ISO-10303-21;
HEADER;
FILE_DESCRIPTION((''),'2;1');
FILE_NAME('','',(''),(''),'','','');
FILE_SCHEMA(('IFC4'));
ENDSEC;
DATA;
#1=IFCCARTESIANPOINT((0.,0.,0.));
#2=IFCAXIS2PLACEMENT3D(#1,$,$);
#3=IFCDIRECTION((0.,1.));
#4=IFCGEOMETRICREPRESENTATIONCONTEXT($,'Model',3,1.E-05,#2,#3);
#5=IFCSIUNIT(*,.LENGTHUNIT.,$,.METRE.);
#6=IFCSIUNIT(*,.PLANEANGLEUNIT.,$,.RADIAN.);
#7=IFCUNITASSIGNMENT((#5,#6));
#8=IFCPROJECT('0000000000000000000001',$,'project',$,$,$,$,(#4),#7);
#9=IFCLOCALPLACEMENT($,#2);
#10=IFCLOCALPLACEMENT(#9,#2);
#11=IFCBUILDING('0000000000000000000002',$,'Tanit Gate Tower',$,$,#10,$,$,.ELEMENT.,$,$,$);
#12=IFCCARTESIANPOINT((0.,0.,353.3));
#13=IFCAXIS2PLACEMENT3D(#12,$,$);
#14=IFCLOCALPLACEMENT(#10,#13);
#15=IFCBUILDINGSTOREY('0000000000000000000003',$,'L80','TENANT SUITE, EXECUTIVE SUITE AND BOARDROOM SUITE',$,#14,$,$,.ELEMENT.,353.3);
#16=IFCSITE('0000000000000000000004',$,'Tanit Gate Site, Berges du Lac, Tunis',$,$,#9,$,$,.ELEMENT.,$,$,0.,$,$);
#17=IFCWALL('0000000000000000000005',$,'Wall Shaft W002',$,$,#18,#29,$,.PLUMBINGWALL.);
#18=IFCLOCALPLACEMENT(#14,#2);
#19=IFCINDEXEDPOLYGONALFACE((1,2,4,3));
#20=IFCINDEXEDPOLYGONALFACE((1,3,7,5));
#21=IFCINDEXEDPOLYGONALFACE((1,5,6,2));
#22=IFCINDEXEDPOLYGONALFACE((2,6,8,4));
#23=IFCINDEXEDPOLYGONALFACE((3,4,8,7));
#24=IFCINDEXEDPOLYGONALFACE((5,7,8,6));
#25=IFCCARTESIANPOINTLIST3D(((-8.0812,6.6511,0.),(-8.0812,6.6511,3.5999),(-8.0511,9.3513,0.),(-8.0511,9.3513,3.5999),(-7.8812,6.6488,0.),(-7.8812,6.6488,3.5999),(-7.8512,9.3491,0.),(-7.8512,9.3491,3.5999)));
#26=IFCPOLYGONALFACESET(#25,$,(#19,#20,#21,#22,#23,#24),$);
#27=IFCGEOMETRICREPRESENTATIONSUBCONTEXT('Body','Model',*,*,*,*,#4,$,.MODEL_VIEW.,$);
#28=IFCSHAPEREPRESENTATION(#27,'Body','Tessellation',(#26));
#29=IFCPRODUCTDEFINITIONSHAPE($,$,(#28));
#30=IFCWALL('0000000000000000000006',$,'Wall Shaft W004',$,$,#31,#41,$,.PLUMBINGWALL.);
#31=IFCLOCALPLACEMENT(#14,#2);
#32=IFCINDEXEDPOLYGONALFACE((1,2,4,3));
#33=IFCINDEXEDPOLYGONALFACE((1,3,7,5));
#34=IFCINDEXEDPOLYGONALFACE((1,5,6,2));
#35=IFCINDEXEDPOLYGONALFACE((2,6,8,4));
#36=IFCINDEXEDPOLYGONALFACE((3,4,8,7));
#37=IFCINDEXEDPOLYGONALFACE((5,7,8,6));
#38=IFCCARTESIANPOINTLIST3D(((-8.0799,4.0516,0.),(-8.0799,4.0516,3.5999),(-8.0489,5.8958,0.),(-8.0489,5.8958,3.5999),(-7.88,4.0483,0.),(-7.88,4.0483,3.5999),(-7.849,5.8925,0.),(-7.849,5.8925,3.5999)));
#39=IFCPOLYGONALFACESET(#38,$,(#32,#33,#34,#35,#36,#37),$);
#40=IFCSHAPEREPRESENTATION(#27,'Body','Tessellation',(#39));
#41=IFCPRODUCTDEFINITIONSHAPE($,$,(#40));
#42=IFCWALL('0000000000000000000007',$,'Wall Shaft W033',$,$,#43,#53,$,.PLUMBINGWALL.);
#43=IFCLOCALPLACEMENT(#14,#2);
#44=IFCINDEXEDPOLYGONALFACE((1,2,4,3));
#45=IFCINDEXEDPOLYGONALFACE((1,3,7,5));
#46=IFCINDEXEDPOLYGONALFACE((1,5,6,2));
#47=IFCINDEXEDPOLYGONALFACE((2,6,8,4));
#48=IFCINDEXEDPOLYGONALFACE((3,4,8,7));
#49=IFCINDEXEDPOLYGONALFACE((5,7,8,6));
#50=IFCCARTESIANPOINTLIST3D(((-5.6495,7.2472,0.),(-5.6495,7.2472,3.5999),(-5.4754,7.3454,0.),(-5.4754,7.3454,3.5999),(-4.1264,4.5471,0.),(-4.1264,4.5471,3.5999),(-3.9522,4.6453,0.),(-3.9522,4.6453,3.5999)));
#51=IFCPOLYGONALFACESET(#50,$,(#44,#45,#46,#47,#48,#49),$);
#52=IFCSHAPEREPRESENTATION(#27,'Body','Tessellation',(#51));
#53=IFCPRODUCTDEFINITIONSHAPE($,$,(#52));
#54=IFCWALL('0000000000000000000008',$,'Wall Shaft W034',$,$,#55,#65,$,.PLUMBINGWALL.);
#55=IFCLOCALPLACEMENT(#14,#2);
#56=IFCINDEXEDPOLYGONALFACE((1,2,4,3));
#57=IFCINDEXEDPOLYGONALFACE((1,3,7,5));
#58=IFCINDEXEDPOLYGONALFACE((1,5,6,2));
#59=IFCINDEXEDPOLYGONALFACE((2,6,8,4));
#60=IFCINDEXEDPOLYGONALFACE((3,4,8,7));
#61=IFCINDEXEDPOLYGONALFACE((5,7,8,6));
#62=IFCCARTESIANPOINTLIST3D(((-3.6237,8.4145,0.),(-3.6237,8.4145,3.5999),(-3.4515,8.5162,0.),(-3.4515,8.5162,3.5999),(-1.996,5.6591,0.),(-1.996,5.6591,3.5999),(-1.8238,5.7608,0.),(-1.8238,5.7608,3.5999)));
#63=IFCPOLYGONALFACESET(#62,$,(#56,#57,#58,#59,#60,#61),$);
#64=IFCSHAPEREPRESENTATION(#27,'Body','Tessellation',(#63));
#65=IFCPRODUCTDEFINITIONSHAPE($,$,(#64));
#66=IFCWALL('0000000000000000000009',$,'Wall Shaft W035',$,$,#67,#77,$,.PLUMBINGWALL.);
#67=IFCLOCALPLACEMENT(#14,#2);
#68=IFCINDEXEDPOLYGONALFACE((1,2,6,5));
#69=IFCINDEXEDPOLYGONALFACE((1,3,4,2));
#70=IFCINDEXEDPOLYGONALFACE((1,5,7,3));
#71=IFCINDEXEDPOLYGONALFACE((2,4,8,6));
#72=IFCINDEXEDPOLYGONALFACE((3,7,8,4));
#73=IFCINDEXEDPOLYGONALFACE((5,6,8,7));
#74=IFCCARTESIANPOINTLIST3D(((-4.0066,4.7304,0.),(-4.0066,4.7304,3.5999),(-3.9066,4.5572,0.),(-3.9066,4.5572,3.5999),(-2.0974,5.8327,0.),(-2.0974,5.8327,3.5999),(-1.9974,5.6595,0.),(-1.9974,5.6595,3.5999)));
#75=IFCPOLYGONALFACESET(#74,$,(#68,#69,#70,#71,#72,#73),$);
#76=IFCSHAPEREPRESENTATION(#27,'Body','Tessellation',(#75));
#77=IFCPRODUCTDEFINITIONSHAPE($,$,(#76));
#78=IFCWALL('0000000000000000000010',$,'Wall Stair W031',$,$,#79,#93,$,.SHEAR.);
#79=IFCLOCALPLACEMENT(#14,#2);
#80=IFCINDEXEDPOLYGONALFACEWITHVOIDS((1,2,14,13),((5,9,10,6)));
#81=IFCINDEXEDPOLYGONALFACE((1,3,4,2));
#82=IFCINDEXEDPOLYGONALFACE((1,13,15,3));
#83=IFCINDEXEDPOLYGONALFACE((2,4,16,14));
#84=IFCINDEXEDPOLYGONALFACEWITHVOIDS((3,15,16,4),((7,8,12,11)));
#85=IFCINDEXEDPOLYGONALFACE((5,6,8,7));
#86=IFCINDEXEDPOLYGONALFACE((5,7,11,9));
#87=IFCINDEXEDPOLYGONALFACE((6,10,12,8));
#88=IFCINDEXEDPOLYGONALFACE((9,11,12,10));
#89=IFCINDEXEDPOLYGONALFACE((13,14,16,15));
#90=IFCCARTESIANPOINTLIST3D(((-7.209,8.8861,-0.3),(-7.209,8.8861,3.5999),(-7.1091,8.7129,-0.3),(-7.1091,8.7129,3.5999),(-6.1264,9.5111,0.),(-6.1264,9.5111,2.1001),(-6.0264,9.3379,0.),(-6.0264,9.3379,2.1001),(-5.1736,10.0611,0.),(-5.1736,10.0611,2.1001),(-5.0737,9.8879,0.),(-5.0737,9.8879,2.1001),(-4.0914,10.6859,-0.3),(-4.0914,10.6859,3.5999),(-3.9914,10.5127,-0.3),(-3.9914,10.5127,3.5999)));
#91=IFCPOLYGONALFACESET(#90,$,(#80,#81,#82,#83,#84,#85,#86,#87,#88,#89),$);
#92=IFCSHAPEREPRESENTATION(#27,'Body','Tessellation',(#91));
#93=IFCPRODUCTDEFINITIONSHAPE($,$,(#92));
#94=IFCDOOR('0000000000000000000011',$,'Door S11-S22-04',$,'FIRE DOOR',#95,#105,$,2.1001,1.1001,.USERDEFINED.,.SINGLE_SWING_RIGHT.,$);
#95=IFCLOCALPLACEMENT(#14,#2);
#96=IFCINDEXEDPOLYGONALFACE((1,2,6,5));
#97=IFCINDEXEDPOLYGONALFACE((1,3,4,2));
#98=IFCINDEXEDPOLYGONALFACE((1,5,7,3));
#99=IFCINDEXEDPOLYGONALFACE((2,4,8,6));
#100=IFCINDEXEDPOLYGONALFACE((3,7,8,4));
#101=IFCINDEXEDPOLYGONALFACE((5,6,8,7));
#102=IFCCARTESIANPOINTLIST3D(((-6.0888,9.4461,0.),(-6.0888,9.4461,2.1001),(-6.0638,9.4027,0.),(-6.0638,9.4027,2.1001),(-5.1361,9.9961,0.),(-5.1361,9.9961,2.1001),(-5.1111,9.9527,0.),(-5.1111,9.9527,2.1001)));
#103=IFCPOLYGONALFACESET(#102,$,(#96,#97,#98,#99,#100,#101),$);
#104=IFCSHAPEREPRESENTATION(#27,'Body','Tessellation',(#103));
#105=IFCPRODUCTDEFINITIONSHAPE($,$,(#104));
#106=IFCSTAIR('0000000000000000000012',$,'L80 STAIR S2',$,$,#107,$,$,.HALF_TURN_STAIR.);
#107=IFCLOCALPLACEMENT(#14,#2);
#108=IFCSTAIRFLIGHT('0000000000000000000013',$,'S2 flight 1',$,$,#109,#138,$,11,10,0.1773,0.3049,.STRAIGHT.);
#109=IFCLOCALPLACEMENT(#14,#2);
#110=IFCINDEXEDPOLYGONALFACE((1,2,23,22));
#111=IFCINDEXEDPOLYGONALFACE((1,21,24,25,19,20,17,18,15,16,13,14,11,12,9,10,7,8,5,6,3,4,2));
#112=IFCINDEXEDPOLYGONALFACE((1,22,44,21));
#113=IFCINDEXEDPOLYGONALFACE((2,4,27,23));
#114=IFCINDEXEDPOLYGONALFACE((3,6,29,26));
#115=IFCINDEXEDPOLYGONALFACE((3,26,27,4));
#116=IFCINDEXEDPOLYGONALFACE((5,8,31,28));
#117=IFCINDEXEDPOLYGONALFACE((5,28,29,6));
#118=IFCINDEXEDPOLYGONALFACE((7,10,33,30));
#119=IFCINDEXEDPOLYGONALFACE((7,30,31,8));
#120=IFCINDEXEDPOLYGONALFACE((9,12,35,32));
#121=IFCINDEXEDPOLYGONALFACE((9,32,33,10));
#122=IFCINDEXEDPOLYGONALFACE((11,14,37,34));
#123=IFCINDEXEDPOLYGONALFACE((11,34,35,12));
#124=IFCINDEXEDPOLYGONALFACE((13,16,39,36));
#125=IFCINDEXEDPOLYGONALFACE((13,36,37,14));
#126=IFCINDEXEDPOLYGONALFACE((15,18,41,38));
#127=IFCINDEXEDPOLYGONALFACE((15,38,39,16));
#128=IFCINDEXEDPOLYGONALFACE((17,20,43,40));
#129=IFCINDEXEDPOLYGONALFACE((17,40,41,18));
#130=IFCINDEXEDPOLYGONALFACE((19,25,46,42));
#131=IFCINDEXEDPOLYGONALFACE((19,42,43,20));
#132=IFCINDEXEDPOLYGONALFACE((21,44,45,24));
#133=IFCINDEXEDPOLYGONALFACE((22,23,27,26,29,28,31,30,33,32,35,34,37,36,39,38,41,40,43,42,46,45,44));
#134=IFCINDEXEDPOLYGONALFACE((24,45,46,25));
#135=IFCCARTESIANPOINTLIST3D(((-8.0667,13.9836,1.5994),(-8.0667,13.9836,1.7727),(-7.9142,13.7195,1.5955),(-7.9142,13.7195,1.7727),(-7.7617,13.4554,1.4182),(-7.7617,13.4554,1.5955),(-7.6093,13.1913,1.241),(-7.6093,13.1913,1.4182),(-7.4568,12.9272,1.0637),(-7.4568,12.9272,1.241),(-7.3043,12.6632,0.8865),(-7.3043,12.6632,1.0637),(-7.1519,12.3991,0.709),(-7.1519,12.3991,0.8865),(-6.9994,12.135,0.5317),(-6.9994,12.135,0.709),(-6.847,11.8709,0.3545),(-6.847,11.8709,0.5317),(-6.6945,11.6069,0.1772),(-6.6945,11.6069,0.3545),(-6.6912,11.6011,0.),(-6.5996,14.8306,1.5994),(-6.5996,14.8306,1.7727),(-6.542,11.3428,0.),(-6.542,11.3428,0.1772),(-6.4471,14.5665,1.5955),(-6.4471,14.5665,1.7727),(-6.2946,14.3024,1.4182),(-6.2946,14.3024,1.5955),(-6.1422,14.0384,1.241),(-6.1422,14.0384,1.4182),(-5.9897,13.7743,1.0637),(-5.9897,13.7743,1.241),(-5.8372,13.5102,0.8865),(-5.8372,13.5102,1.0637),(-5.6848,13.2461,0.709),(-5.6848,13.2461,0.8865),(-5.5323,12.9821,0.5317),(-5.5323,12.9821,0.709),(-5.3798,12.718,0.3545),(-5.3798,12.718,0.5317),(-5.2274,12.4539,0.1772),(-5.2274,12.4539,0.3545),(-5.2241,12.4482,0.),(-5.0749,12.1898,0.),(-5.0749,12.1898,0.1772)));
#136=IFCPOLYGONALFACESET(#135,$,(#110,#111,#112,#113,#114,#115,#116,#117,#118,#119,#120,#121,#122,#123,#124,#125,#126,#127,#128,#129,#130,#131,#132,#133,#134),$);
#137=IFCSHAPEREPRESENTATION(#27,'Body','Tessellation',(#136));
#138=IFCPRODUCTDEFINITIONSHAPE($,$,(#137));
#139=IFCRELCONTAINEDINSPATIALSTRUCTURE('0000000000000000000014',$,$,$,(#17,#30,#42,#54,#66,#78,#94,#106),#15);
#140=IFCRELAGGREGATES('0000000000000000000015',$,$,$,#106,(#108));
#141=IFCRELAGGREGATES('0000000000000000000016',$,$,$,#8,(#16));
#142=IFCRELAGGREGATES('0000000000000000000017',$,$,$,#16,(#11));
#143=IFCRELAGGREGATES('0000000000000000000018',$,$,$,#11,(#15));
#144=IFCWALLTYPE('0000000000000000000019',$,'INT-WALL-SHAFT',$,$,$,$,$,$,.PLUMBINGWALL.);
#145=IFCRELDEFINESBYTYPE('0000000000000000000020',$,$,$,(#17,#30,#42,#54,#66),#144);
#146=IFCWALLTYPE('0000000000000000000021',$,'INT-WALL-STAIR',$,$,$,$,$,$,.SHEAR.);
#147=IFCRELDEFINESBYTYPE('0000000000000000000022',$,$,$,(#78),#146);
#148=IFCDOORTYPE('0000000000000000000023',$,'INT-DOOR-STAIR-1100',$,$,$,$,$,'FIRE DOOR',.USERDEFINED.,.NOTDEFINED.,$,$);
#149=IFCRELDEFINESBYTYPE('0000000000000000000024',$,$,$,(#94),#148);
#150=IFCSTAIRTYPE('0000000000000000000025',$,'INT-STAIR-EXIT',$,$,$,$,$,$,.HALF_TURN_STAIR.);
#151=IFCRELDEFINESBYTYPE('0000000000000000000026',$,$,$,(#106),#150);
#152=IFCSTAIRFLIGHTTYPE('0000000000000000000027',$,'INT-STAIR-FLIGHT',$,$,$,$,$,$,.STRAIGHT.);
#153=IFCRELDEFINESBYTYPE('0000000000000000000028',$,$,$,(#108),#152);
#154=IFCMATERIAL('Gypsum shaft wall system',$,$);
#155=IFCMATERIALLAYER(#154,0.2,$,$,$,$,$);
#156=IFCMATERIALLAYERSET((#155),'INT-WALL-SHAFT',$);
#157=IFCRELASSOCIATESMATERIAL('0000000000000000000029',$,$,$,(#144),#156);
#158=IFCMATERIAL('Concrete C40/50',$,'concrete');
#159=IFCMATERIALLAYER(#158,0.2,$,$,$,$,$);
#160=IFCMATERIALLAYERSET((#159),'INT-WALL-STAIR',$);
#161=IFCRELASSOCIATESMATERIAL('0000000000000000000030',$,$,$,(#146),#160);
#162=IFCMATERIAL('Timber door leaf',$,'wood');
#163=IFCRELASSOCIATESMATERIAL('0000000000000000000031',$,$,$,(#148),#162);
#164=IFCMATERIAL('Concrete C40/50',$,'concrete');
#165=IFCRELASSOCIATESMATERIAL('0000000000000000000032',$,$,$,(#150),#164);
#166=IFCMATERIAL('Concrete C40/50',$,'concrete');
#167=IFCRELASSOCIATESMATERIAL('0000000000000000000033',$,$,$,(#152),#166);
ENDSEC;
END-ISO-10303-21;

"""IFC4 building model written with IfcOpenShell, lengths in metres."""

from ifc_helpers import new_model, si_unit, direction, frame, frame_2d, origin, place, context, subcontext, project, spatial, polyline, rectangle, outline, extrude, material, layer, layer_set, type_object, element, fill, aggregate, save


model = new_model("IFC4")

# Units and contexts
model_context = context("Model", 3, precision=1e-05, world=origin(), true_north=direction((0.0, 1.0)))
body_context = subcontext(model_context, "Body", "Model", "MODEL_VIEW")
ifc_project = project(units=[si_unit("LENGTHUNIT", "METRE"), si_unit("PLANEANGLEUNIT", "RADIAN")], contexts=[model_context])

# Site, building, storey
site_placement = place(None, origin())
site = spatial("IfcSite", under=ifc_project, at=site_placement, Name="Tanit Gate Site, Berges du Lac, Tunis", CompositionType="ELEMENT", RefElevation=0.0)
building_placement = place(site_placement, origin())
building = spatial("IfcBuilding", under=site, at=building_placement, Name="Tanit Gate Tower", CompositionType="ELEMENT")
storey_placement = place(building_placement, frame((0.0, 0.0, 353.3)))
storey = spatial("IfcBuildingStorey", under=building, at=storey_placement, Name="L80", Description="TENANT SUITE, EXECUTIVE SUITE AND BOARDROOM SUITE", CompositionType="ELEMENT", Elevation=353.3)

# Walls
ifc_material_1 = material(Name="Gypsum shaft wall system")
ifc_layer_1 = layer(ifc_material_1, 0.2)
ifc_layer_set_1 = layer_set([ifc_layer_1], Name="INT-WALL-SHAFT")
wall_type_1 = type_object("IfcWallType", Name="INT-WALL-SHAFT", PredefinedType="PLUMBINGWALL", material=ifc_layer_set_1)
wall_1_placement = place(storey_placement, frame((-7.9512, 9.3501, 0.0), z_axis=(0.0, 0.0, 1.0), x_axis=(-0.01112, -0.999938, 0.0)))
element("IfcWall", 1, at=wall_1_placement, inside=storey, type_object=wall_type_1, Name="Wall Shaft W002", PredefinedType="PLUMBINGWALL", context=body_context, shape_type="SweptSolid", body=[
    extrude(rectangle(XDim=2.7004, YDim=0.2, at=frame_2d((1.3501, 0.0))), origin(), (0.0, 0.0, 1.0), 3.5999),
])
wall_2_placement = place(storey_placement, frame((-7.949, 5.8943, 0.0), z_axis=(0.0, 0.0, 1.0), x_axis=(-0.01681, -0.999859, 0.0)))
element("IfcWall", 2, at=wall_2_placement, inside=storey, type_object=wall_type_1, Name="Wall Shaft W004", PredefinedType="PLUMBINGWALL", context=body_context, shape_type="SweptSolid", body=[
    extrude(rectangle(XDim=1.8445, YDim=0.2, at=frame_2d((0.9224, 0.0))), origin(), (0.0, 0.0, 1.0), 3.5999),
])

# Walls
wall_3_placement = place(storey_placement, frame((-4.0393, 4.5962, 0.0), z_axis=(0.0, 0.0, 1.0), x_axis=(-0.491323, 0.870978, 0.0)))
element("IfcWall", 3, at=wall_3_placement, inside=storey, type_object=wall_type_1, Name="Wall Shaft W033", PredefinedType="PLUMBINGWALL", context=body_context, shape_type="SweptSolid", body=[
    extrude(rectangle(XDim=3.1001, YDim=0.2, at=frame_2d((1.55, 0.0))), origin(), (0.0, 0.0, 1.0), 3.5999),
])
wall_4_placement = place(storey_placement, frame((-3.5376, 8.4653, 0.0), z_axis=(0.0, 0.0, 1.0), x_axis=(0.508616, -0.860993, 0.0)))
element("IfcWall", 4, at=wall_4_placement, inside=storey, type_object=wall_type_1, Name="Wall Shaft W034", PredefinedType="PLUMBINGWALL", context=body_context, shape_type="SweptSolid", body=[
    extrude(rectangle(XDim=3.2002, YDim=0.2, at=frame_2d((1.6001, 0.0))), origin(), (0.0, 0.0, 1.0), 3.5999),
])
wall_5_placement = place(storey_placement, frame((-2.0474, 5.7461, 0.0), z_axis=(0.0, 0.0, 1.0), x_axis=(-0.86602, -0.50001, 0.0)))
element("IfcWall", 5, at=wall_5_placement, inside=storey, type_object=wall_type_1, Name="Wall Shaft W035", PredefinedType="PLUMBINGWALL", context=body_context, shape_type="SweptSolid", body=[
    extrude(rectangle(XDim=2.2046, YDim=0.2, at=frame_2d((1.1023, 0.0))), origin(), (0.0, 0.0, 1.0), 3.5999),
])

# Wall, opening, door
ifc_material_2 = material(Name="Concrete C40/50", Category="concrete")
ifc_layer_2 = layer(ifc_material_2, 0.2)
ifc_layer_set_2 = layer_set([ifc_layer_2], Name="INT-WALL-STAIR")
wall_type_2 = type_object("IfcWallType", Name="INT-WALL-STAIR", PredefinedType="SHEAR", material=ifc_layer_set_2)
wall_6_placement = place(storey_placement, frame((-7.1589, 8.7996, -0.3), z_axis=(0.0, 0.0, 1.0), x_axis=(0.866048, 0.499961, 0.0)))
wall_6 = element("IfcWall", 6, at=wall_6_placement, inside=storey, type_object=wall_type_2, Name="Wall Stair W031", PredefinedType="SHEAR", context=body_context, shape_type="SweptSolid", body=[
    extrude(rectangle(XDim=3.5999, YDim=0.2, at=frame_2d((1.7998, 0.0))), origin(), (0.0, 0.0, 1.0), 3.8999),
])
opening_1_placement = place(wall_6_placement, frame((1.25, 0.0, 0.3)))
opening_1 = element("IfcOpeningElement", 7, at=opening_1_placement, cuts=wall_6, PredefinedType="OPENING", context=body_context, shape_type="SweptSolid", body=[
    extrude(rectangle(XDim=1.1001, YDim=2.1001, at=frame_2d((0.55, 1.05))), frame((0.0, 0.1099, 0.0), z_axis=(0.0, -1.0, 0.0), x_axis=(1.0, 0.0, 0.0)), (0.0, 0.0, 1.0), 0.22),
])
ifc_material_3 = material(Name="Timber door leaf", Category="wood")
door_type_1 = type_object("IfcDoorType", Name="INT-DOOR-STAIR-1100", ElementType="FIRE DOOR", OperationType="NOTDEFINED", PredefinedType="USERDEFINED", material=ifc_material_3)
door_1_placement = place(opening_1_placement, origin())
door_1 = element("IfcDoor", 8, at=door_1_placement, inside=storey, type_object=door_type_1, Name="Door S11-S22-04", ObjectType="FIRE DOOR", OperationType="SINGLE_SWING_RIGHT", OverallHeight=2.1001, OverallWidth=1.1001, PredefinedType="USERDEFINED", context=body_context, shape_type="SweptSolid", body=[
    extrude(rectangle(XDim=1.1001, YDim=2.1001, at=frame_2d((0.55, 1.05))), frame((0.0, 0.0249, 0.0), z_axis=(0.0, -1.0, 0.0), x_axis=(1.0, 0.0, 0.0)), (0.0, 0.0, 1.0), 0.05),
])
fill(opening_1, door_1)

# Stair, stair flight
ifc_material_4 = material(Name="Concrete C40/50", Category="concrete")
stair_type = type_object("IfcStairType", Name="INT-STAIR-EXIT", PredefinedType="HALF_TURN_STAIR", material=ifc_material_4)
stair_placement = place(storey_placement, origin())
stair = element("IfcStair", 9, at=stair_placement, inside=storey, type_object=stair_type, Name="L80 STAIR S2", PredefinedType="HALF_TURN_STAIR")
ifc_material_5 = material(Name="Concrete C40/50", Category="concrete")
stair_flight_type = type_object("IfcStairFlightType", Name="INT-STAIR-FLIGHT", PredefinedType="STRAIGHT", material=ifc_material_5)
stair_flight_placement = place(storey_placement, frame((-5.8083, 11.7664, 0.0), z_axis=(0.0, 0.0, 1.0), x_axis=(-0.5, 0.866025, 0.0)))
stair_flight = element("IfcStairFlight", 10, at=stair_flight_placement, type_object=stair_flight_type, Name="S2 flight 1", NumberOfRisers=11, NumberOfTreads=10, PredefinedType="STRAIGHT", RiserHeight=0.1773, TreadLength=0.3049, context=body_context, shape_type="SweptSolid", body=[
    extrude(outline(polyline([(0.0, 0.0), (0.0, 0.1772), (0.3049, 0.1772), (0.3049, 0.3545), (0.6099, 0.3545), (0.6099, 0.5317), (0.9148, 0.5317), (0.9148, 0.709), (1.2197, 0.709), (1.2197, 0.8865), (1.5247, 0.8865), (1.5247, 1.0637), (1.8296, 1.0637), (1.8296, 1.241), (2.1345, 1.241), (2.1345, 1.4182), (2.4395, 1.4182), (2.4395, 1.5955), (2.7444, 1.5955), (2.7444, 1.7727), (3.0493, 1.7727), (3.0493, 1.95), (3.0493, 1.5994), (0.2983, 0.0), (0.0, 0.0)])), frame((0.0, 0.8472, 0.0), z_axis=(0.0, -1.0, 0.0), x_axis=(1.0, 0.0, 0.0)), (0.0, 0.0, 1.0), 1.6941),
])
aggregate(stair, [stair_flight])

save(model, "model.ifc")
